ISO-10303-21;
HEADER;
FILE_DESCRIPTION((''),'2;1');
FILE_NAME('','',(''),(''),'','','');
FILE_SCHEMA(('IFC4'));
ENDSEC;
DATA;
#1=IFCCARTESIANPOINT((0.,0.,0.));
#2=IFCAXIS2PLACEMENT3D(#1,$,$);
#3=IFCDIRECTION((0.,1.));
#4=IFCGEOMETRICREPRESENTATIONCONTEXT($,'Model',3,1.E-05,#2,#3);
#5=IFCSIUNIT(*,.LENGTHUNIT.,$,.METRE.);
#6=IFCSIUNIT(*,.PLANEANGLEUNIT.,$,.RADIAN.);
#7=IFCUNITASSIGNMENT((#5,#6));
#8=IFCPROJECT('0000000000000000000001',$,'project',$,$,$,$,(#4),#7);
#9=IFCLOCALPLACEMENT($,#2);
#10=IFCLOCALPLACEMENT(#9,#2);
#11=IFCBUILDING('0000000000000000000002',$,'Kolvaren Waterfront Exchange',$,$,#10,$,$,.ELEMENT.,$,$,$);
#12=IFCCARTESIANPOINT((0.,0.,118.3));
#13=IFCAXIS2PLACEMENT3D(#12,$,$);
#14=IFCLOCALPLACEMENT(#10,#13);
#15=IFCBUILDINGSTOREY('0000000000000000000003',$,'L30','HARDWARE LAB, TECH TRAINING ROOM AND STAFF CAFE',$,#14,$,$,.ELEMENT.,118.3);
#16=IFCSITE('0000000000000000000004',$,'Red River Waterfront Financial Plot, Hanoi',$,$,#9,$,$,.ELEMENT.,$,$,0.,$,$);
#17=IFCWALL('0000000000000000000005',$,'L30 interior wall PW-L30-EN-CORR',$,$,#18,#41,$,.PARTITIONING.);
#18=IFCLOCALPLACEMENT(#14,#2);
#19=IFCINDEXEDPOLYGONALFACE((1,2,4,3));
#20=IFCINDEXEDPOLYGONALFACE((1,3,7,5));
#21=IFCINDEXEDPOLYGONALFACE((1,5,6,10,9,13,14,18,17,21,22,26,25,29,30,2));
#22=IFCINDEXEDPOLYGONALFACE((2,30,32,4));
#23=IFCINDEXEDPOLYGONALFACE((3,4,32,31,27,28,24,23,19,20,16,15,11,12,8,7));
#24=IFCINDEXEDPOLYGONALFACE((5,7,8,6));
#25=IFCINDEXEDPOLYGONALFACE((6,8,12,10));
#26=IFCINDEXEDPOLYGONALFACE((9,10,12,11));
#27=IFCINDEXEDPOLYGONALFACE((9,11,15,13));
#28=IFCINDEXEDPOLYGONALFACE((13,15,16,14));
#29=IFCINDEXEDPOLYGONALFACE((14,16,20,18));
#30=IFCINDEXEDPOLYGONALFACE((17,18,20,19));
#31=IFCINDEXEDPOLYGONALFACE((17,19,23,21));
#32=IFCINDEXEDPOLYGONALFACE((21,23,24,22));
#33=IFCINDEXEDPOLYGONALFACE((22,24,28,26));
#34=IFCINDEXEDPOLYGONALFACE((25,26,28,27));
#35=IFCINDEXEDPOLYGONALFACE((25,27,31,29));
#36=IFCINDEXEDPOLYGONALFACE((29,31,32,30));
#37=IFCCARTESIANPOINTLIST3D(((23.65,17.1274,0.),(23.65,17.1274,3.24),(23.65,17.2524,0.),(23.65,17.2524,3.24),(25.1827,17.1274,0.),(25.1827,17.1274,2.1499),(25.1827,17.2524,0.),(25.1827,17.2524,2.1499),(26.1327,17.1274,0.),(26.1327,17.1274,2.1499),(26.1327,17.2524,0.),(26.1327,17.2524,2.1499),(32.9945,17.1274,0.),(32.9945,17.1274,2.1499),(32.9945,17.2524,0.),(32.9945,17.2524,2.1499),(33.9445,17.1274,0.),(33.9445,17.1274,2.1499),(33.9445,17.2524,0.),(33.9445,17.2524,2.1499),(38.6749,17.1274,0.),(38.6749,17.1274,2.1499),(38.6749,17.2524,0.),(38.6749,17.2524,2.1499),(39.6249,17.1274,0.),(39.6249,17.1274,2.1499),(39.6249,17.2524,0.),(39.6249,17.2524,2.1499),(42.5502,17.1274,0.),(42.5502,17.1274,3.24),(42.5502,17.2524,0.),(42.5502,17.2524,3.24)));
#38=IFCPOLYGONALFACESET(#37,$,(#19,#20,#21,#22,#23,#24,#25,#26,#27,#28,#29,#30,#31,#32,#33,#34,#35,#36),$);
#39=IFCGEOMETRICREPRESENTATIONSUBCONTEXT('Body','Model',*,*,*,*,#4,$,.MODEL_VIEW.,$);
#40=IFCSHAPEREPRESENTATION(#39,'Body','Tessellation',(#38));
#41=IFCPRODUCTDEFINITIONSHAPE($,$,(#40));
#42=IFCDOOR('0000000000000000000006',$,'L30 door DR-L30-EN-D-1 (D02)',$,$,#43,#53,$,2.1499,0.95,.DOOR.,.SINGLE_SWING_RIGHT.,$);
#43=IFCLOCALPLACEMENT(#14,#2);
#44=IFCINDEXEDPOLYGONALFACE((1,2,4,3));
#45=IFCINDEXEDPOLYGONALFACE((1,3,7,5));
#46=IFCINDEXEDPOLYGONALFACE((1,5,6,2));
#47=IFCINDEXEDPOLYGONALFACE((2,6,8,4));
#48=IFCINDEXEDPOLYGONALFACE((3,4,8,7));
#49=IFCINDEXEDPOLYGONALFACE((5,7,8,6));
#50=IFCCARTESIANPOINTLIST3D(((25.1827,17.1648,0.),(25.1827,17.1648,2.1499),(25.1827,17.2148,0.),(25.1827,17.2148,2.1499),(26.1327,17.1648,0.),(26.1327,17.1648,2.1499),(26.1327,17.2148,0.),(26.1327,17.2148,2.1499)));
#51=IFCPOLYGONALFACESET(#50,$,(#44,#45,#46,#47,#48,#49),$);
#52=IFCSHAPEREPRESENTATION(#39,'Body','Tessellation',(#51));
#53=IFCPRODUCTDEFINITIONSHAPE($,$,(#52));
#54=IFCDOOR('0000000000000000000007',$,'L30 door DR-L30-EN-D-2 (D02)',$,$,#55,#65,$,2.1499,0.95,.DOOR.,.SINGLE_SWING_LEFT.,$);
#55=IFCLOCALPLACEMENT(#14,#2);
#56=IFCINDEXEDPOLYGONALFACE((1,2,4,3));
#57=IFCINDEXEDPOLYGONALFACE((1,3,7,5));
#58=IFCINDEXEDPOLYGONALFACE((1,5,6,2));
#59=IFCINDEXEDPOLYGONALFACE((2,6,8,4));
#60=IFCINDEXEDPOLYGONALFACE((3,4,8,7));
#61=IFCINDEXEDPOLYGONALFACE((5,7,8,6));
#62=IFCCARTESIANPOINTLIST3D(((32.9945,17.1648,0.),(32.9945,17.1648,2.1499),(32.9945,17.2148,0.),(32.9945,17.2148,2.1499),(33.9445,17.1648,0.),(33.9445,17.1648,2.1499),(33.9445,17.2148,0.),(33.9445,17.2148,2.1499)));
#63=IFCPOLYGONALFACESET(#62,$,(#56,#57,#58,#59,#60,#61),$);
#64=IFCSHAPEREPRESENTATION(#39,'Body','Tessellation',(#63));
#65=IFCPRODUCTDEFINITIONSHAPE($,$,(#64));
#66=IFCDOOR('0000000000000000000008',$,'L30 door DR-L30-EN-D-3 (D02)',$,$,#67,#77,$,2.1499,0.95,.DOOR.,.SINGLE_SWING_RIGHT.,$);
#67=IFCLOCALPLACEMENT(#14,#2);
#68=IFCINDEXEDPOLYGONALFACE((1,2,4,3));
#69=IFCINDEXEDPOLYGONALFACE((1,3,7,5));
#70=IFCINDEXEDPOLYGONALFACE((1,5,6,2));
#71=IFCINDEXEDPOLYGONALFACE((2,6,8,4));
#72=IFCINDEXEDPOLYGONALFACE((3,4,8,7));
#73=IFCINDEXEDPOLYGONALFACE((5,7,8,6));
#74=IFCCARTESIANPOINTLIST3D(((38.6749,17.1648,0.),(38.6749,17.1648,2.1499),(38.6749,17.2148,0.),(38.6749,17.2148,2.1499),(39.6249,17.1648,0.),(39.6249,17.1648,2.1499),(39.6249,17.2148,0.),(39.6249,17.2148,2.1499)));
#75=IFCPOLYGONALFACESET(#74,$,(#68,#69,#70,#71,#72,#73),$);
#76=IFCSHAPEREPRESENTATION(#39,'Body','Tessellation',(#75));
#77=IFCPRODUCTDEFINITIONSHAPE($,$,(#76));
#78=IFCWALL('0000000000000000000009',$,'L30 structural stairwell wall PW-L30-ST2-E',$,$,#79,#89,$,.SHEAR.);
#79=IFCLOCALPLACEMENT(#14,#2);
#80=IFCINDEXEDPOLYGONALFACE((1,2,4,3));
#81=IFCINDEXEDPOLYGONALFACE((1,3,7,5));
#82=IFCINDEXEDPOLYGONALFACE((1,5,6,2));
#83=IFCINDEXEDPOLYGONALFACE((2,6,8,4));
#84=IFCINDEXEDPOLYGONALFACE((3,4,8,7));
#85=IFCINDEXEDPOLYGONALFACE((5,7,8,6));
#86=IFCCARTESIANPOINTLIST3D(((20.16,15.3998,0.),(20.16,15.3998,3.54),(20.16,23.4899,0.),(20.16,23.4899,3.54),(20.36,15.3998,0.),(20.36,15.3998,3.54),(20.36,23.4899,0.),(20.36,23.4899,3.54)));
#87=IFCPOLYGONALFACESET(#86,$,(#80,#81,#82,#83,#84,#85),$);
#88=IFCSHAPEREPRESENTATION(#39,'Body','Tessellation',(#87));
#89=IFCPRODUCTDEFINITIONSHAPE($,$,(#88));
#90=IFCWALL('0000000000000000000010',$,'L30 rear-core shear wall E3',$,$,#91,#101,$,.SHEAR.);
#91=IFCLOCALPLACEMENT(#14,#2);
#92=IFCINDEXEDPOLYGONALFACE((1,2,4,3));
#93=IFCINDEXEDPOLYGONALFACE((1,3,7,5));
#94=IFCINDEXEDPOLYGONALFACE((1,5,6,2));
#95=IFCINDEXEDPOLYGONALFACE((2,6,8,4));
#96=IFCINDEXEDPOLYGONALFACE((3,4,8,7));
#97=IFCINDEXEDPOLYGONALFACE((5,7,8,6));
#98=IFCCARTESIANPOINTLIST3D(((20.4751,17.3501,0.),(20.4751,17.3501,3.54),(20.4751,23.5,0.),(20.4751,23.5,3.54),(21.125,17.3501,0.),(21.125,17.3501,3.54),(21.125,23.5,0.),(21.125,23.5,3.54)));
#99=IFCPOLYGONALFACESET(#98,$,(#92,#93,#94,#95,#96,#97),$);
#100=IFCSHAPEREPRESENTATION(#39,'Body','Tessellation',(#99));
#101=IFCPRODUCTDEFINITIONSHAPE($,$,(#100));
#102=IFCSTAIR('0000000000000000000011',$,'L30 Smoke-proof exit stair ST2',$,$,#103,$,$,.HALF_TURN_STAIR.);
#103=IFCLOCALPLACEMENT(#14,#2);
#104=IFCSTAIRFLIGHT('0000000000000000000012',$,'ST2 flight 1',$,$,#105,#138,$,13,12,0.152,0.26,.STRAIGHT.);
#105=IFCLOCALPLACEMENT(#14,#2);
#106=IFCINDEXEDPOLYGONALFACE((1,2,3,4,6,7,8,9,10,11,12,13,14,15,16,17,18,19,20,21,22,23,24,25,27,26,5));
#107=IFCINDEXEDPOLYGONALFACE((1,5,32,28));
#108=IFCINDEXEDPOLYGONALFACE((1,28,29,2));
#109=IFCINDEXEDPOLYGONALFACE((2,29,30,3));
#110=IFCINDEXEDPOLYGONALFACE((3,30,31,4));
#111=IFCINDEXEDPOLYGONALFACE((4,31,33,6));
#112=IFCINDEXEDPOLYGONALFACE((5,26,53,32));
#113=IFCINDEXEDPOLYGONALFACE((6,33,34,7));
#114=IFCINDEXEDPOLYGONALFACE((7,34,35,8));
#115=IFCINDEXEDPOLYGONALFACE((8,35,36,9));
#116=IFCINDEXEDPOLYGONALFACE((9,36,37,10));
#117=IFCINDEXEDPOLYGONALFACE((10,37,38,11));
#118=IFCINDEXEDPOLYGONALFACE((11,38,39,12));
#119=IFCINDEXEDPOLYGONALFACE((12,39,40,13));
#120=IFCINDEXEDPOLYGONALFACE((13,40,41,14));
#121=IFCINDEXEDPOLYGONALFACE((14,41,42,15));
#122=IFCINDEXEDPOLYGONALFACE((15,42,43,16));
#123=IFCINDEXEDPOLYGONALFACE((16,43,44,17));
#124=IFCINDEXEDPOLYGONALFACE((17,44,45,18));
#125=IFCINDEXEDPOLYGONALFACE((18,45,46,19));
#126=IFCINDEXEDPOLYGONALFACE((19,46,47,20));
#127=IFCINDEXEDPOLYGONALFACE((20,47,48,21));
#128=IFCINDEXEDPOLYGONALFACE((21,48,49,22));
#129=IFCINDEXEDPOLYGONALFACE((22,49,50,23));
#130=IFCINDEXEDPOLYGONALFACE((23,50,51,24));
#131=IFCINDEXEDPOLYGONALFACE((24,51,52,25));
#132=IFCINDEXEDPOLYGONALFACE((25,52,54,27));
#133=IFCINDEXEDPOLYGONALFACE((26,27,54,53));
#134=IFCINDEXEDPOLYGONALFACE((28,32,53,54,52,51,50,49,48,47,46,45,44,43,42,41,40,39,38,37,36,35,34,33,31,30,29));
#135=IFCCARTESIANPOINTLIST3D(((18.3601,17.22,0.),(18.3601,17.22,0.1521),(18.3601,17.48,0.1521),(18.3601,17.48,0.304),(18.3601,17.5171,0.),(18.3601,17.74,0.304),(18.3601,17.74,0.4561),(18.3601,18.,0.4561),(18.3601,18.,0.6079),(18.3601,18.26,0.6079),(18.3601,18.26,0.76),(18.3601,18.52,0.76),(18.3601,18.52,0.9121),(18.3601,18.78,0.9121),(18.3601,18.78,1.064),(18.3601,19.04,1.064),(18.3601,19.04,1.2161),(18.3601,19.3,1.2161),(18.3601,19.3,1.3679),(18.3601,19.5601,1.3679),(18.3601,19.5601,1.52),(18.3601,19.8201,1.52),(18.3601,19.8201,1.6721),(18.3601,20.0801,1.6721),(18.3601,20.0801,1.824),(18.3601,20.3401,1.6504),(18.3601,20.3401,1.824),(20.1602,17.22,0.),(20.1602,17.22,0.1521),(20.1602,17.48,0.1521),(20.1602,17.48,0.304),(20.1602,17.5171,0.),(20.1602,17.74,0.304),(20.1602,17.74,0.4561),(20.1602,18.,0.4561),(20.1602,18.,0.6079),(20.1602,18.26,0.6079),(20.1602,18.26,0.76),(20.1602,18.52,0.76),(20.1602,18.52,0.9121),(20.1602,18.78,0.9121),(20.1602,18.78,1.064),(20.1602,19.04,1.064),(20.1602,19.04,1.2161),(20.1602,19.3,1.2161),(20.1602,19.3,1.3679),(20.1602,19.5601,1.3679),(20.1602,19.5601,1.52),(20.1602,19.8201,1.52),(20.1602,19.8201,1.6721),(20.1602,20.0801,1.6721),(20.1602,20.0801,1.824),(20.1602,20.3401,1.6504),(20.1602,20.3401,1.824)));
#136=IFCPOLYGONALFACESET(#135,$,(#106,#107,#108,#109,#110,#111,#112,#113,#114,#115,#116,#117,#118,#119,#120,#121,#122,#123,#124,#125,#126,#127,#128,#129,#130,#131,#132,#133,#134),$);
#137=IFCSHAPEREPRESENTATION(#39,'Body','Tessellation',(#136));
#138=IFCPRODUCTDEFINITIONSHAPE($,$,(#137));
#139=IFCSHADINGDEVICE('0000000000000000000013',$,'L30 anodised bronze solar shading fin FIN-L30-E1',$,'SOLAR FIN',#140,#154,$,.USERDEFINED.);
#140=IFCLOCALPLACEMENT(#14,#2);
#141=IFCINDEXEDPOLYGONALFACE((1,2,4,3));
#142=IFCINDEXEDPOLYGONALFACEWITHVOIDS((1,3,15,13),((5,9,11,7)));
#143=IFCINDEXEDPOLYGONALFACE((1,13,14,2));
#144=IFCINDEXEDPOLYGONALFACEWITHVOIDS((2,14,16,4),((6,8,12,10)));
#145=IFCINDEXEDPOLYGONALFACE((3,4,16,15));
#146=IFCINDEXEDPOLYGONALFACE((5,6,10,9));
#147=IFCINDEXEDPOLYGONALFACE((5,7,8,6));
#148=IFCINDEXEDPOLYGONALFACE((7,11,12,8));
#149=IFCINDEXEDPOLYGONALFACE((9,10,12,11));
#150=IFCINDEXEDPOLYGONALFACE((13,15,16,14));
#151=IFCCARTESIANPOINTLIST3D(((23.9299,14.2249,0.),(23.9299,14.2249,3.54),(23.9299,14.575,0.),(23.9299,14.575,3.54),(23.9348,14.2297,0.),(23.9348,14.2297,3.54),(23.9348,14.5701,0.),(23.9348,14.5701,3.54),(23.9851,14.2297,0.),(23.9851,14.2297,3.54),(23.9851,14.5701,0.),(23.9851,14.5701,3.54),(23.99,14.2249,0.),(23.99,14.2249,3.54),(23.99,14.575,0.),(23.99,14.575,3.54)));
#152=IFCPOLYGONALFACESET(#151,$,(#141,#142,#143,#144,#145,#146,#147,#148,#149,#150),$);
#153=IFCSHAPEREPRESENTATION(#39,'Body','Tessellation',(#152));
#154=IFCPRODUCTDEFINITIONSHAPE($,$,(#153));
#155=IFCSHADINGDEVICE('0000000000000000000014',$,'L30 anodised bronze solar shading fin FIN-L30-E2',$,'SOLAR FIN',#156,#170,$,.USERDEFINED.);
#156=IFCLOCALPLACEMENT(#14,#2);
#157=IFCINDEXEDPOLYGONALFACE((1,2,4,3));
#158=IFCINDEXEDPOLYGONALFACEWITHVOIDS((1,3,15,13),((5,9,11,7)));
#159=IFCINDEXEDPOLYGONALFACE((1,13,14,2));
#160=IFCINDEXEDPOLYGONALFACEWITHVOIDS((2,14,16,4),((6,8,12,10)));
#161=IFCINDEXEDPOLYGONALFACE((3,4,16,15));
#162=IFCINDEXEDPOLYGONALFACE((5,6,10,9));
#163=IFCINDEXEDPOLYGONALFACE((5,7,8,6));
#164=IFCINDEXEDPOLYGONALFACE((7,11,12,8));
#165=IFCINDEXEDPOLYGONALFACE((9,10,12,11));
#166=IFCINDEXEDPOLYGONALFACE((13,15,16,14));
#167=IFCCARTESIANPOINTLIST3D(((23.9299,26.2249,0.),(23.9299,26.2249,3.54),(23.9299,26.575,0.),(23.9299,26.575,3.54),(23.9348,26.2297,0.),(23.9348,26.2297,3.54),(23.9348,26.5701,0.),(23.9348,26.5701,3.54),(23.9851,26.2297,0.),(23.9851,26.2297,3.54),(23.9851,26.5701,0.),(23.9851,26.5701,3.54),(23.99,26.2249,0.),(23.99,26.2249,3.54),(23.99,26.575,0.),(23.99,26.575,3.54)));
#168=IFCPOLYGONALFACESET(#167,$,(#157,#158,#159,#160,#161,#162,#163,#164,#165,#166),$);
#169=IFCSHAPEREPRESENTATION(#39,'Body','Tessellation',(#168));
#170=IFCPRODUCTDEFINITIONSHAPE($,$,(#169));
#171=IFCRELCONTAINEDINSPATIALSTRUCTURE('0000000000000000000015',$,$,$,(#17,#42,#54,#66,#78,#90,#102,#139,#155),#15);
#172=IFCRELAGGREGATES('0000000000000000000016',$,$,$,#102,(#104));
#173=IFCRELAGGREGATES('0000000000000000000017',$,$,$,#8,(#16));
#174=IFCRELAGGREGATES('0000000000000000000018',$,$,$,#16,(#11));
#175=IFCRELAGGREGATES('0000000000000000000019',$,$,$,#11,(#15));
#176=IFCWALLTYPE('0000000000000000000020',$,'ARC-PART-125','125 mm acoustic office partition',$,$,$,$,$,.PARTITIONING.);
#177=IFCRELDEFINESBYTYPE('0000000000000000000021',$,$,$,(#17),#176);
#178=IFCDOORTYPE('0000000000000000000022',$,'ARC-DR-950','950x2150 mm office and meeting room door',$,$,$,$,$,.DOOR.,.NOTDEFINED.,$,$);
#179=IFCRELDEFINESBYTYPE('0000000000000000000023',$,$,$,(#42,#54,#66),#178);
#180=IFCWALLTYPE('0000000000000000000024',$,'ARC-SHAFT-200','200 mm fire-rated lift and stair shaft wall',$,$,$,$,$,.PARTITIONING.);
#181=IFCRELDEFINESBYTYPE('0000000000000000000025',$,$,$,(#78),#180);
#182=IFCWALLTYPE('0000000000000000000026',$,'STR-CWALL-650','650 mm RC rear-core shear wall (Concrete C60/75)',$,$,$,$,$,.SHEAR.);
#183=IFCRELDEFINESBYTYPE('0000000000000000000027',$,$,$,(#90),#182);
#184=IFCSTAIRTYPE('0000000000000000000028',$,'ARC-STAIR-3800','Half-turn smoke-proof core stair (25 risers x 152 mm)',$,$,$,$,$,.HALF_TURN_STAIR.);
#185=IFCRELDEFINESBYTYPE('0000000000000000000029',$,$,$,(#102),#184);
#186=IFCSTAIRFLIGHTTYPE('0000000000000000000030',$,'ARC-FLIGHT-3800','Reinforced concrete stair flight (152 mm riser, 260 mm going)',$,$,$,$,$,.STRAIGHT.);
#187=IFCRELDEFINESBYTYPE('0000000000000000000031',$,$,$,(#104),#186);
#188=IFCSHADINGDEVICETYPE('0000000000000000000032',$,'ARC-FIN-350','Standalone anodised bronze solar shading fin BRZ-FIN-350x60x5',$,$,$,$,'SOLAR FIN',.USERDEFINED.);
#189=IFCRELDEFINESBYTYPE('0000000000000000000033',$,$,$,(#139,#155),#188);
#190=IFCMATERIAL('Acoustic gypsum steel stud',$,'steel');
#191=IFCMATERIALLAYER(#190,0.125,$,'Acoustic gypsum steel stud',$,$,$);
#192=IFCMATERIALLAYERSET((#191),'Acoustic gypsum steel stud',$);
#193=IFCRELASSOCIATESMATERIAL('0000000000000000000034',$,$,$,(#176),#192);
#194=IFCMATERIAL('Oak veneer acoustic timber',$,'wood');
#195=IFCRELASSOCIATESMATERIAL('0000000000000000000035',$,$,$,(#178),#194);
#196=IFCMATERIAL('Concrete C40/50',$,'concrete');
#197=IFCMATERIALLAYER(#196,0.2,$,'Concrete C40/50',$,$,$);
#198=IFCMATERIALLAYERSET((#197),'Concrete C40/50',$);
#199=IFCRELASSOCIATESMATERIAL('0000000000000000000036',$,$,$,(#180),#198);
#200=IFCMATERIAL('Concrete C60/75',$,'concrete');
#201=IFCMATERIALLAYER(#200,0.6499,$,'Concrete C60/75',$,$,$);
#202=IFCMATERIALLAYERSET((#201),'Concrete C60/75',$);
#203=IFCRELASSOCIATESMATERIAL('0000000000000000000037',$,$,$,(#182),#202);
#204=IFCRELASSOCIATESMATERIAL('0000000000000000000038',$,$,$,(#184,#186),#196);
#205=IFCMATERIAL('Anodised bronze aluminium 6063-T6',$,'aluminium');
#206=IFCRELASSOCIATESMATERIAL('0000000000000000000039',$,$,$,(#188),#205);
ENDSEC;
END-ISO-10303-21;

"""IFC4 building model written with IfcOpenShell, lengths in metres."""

from ifc_helpers import new_model, si_unit, direction, frame, frame_2d, origin, origin_2d, place, context, subcontext, project, spatial, polyline, rectangle, hollow_rectangle, outline, extrude, material, layer, layer_set, material_profile, profile_set, type_object, element, fill, aggregate, save


model = new_model("IFC4")

# Units and contexts
model_context = context("Model", 3, precision=1e-05, world=origin(), true_north=direction((0.0, 1.0)))
body_context = subcontext(model_context, "Body", "Model", "MODEL_VIEW")
ifc_project = project(units=[si_unit("LENGTHUNIT", "METRE"), si_unit("PLANEANGLEUNIT", "RADIAN")], contexts=[model_context])

# Site, building, storey
site_placement = place(None, origin())
site = spatial("IfcSite", under=ifc_project, at=site_placement, Name="Red River Waterfront Financial Plot, Hanoi", CompositionType="ELEMENT", RefElevation=0.0)
building_placement = place(site_placement, origin())
building = spatial("IfcBuilding", under=site, at=building_placement, Name="Kolvaren Waterfront Exchange", CompositionType="ELEMENT")
storey_placement = place(building_placement, frame((0.0, 0.0, 118.3)))
storey = spatial("IfcBuildingStorey", under=building, at=storey_placement, Name="L30", Description="HARDWARE LAB, TECH TRAINING ROOM AND STAFF CAFE", CompositionType="ELEMENT", Elevation=118.3)

# Shared definitions
ifc_material_1 = material(Name="Concrete C60/75", Category="concrete")

# Shared definitions
ifc_material_2 = material(Name="Anodised bronze aluminium 6063-T6", Category="aluminium")

# Shared definitions
ifc_material_3 = material(Name="Acoustic gypsum steel stud", Category="steel")
ifc_layer_1 = layer(ifc_material_3, 0.125, Name="Acoustic gypsum steel stud")
ifc_layer_set_1 = layer_set([ifc_layer_1], Name="Acoustic gypsum steel stud")
wall_type_1 = type_object("IfcWallType", Name="ARC-PART-125", Description="125 mm acoustic office partition", PredefinedType="PARTITIONING", material=ifc_layer_set_1)
ifc_material_4 = material(Name="Oak veneer acoustic timber", Category="wood")
door_type_1 = type_object("IfcDoorType", Name="ARC-DR-950", Description="950x2150 mm office and meeting room door", OperationType="NOTDEFINED", PredefinedType="DOOR", material=ifc_material_4)

# Wall, openings, doors
wall_1_placement = place(storey_placement, frame((23.6499, 17.1899, 0.0), z_axis=(0.0, 0.0, 1.0), x_axis=(1.0, 0.0, 0.0)))
wall_1 = element("IfcWall", 1, at=wall_1_placement, inside=storey, type_object=wall_type_1, Name="L30 interior wall PW-L30-EN-CORR", PredefinedType="PARTITIONING", context=body_context, shape_type="SweptSolid", body=[
    extrude(rectangle(XDim=18.9001, YDim=0.125, at=frame_2d((9.4502, 0.0))), origin(), (0.0, 0.0, 1.0), 3.24),
])
opening_1_placement = place(wall_1_placement, frame((1.5327, 0.0, 0.0)))
opening_1 = element("IfcOpeningElement", 2, at=opening_1_placement, cuts=wall_1, PredefinedType="OPENING", context=body_context, shape_type="SweptSolid", body=[
    extrude(rectangle(XDim=0.95, YDim=2.1499, at=frame_2d((0.4751, 1.075))), frame((0.0, 0.0725, 0.0), z_axis=(0.0, -1.0, 0.0), x_axis=(1.0, 0.0, 0.0)), (0.0, 0.0, 1.0), 0.145),
])
opening_2_placement = place(wall_1_placement, frame((9.3445, 0.0, 0.0)))
opening_2 = element("IfcOpeningElement", 3, at=opening_2_placement, cuts=wall_1, PredefinedType="OPENING", context=body_context, shape_type="SweptSolid", body=[
    extrude(rectangle(XDim=0.95, YDim=2.1499, at=frame_2d((0.4751, 1.075))), frame((0.0, 0.0725, 0.0), z_axis=(0.0, -1.0, 0.0), x_axis=(1.0, 0.0, 0.0)), (0.0, 0.0, 1.0), 0.145),
])
opening_3_placement = place(wall_1_placement, frame((15.0249, 0.0, 0.0)))
opening_3 = element("IfcOpeningElement", 4, at=opening_3_placement, cuts=wall_1, PredefinedType="OPENING", context=body_context, shape_type="SweptSolid", body=[
    extrude(rectangle(XDim=0.95, YDim=2.1499, at=frame_2d((0.4751, 1.075))), frame((0.0, 0.0725, 0.0), z_axis=(0.0, -1.0, 0.0), x_axis=(1.0, 0.0, 0.0)), (0.0, 0.0, 1.0), 0.145),
])
door_1_placement = place(opening_1_placement, origin())
door_1 = element("IfcDoor", 5, at=door_1_placement, inside=storey, type_object=door_type_1, Name="L30 door DR-L30-EN-D-1 (D02)", OperationType="SINGLE_SWING_RIGHT", OverallHeight=2.1499, OverallWidth=0.95, PredefinedType="DOOR", context=body_context, shape_type="SweptSolid", body=[
    extrude(rectangle(XDim=0.95, YDim=2.1499, at=frame_2d((0.4751, 1.075))), frame((0.0, 0.0249, 0.0), z_axis=(0.0, -1.0, 0.0), x_axis=(1.0, 0.0, 0.0)), (0.0, 0.0, 1.0), 0.05),
])
fill(opening_1, door_1)
door_2_placement = place(opening_2_placement, origin())
door_2 = element("IfcDoor", 6, at=door_2_placement, inside=storey, type_object=door_type_1, Name="L30 door DR-L30-EN-D-2 (D02)", OperationType="SINGLE_SWING_LEFT", OverallHeight=2.1499, OverallWidth=0.95, PredefinedType="DOOR", context=body_context, shape_type="SweptSolid", body=[
    extrude(rectangle(XDim=0.95, YDim=2.1499, at=frame_2d((0.4751, 1.075))), frame((0.0, 0.0249, 0.0), z_axis=(0.0, -1.0, 0.0), x_axis=(1.0, 0.0, 0.0)), (0.0, 0.0, 1.0), 0.05),
])
fill(opening_2, door_2)
door_3_placement = place(opening_3_placement, origin())
door_3 = element("IfcDoor", 7, at=door_3_placement, inside=storey, type_object=door_type_1, Name="L30 door DR-L30-EN-D-3 (D02)", OperationType="SINGLE_SWING_RIGHT", OverallHeight=2.1499, OverallWidth=0.95, PredefinedType="DOOR", context=body_context, shape_type="SweptSolid", body=[
    extrude(rectangle(XDim=0.95, YDim=2.1499, at=frame_2d((0.4751, 1.075))), frame((0.0, 0.0249, 0.0), z_axis=(0.0, -1.0, 0.0), x_axis=(1.0, 0.0, 0.0)), (0.0, 0.0, 1.0), 0.05),
])
fill(opening_3, door_3)

# Walls
ifc_material_5 = material(Name="Concrete C40/50", Category="concrete")
ifc_layer_2 = layer(ifc_material_5, 0.2, Name="Concrete C40/50")
ifc_layer_set_2 = layer_set([ifc_layer_2], Name="Concrete C40/50")
wall_type_2 = type_object("IfcWallType", Name="ARC-SHAFT-200", Description="200 mm fire-rated lift and stair shaft wall", PredefinedType="PARTITIONING", material=ifc_layer_set_2)
wall_2_placement = place(storey_placement, frame((20.26, 15.3999, 0.0), z_axis=(0.0, 0.0, 1.0), x_axis=(0.0, 1.0, 0.0)))
element("IfcWall", 8, at=wall_2_placement, inside=storey, type_object=wall_type_2, Name="L30 structural stairwell wall PW-L30-ST2-E", PredefinedType="SHEAR", context=body_context, shape_type="SweptSolid", body=[
    extrude(rectangle(XDim=8.0901, YDim=0.2, at=frame_2d((4.0449, 0.0))), origin(), (0.0, 0.0, 1.0), 3.54),
])
ifc_layer_3 = layer(ifc_material_1, 0.6499, Name="Concrete C60/75")
ifc_layer_set_3 = layer_set([ifc_layer_3], Name="Concrete C60/75")
wall_type_3 = type_object("IfcWallType", Name="STR-CWALL-650", Description="650 mm RC rear-core shear wall (Concrete C60/75)", PredefinedType="SHEAR", material=ifc_layer_set_3)
wall_3_placement = place(storey_placement, frame((20.8, 17.3501, 0.0), z_axis=(0.0, 0.0, 1.0), x_axis=(0.0, 1.0, 0.0)))
element("IfcWall", 9, at=wall_3_placement, inside=storey, type_object=wall_type_3, Name="L30 rear-core shear wall E3", PredefinedType="SHEAR", context=body_context, shape_type="SweptSolid", body=[
    extrude(rectangle(XDim=6.1499, YDim=0.6499, at=frame_2d((3.075, 0.0))), origin(), (0.0, 0.0, 1.0), 3.54),
])

# Stair, stair flight
stair_type = type_object("IfcStairType", Name="ARC-STAIR-3800", Description="Half-turn smoke-proof core stair (25 risers x 152 mm)", PredefinedType="HALF_TURN_STAIR", material=ifc_material_5)
stair_placement = place(storey_placement, origin())
stair = element("IfcStair", 10, at=stair_placement, inside=storey, type_object=stair_type, Name="L30 Smoke-proof exit stair ST2", PredefinedType="HALF_TURN_STAIR")
stair_flight_type = type_object("IfcStairFlightType", Name="ARC-FLIGHT-3800", Description="Reinforced concrete stair flight (152 mm riser, 260 mm going)", PredefinedType="STRAIGHT", material=ifc_material_5)
stair_flight_placement = place(storey_placement, frame((19.26, 17.22, 0.0), z_axis=(0.0, 0.0, 1.0), x_axis=(0.0, 1.0, 0.0)))
stair_flight = element("IfcStairFlight", 11, at=stair_flight_placement, type_object=stair_flight_type, Name="ST2 flight 1", NumberOfRisers=13, NumberOfTreads=12, PredefinedType="STRAIGHT", RiserHeight=0.152, TreadLength=0.26, context=body_context, shape_type="SweptSolid", body=[
    extrude(outline(polyline([(0.0, 0.0), (0.0, 0.1521), (0.26, 0.1521), (0.26, 0.304), (0.52, 0.304), (0.52, 0.4561), (0.78, 0.4561), (0.78, 0.6079), (1.04, 0.6079), (1.04, 0.76), (1.3, 0.76), (1.3, 0.9121), (1.5601, 0.9121), (1.5601, 1.064), (1.8201, 1.064), (1.8201, 1.2161), (2.0801, 1.2161), (2.0801, 1.3679), (2.3401, 1.3679), (2.3401, 1.52), (2.6001, 1.52), (2.6001, 1.6721), (2.8601, 1.6721), (2.8601, 1.824), (3.1201, 1.824), (3.1201, 1.9761), (3.1201, 1.6504), (0.2971, 0.0), (0.0, 0.0)])), frame((0.0, 0.8999, 0.0), z_axis=(0.0, -1.0, 0.0), x_axis=(1.0, 0.0, 0.0)), (0.0, 0.0, 1.0), 1.8),
])
aggregate(stair, [stair_flight])

# Shading devices
ifc_material_profile_1 = material_profile(ifc_material_2, hollow_rectangle(XDim=0.0601, YDim=0.3501, WallThickness=0.0049, at=origin_2d()), Name="BRZ-FIN-350x60x5")
ifc_profile_set_1 = profile_set([ifc_material_profile_1], Name="Anodised bronze aluminium 6063-T6")
shading_device_type = type_object("IfcShadingDeviceType", Name="ARC-FIN-350", Description="Standalone anodised bronze solar shading fin BRZ-FIN-350x60x5", ElementType="SOLAR FIN", PredefinedType="USERDEFINED", material=ifc_profile_set_1)
for number, where, z_axis, x_axis, name in (
    (12, (23.96, 14.3999, 0.0), (0.0, 0.0, 1.0), (1.0, 0.0, 0.0), "L30 anodised bronze solar shading fin FIN-L30-E1"),
    (13, (23.96, 26.3999, 0.0), (0.0, 0.0, 1.0), (1.0, 0.0, 0.0), "L30 anodised bronze solar shading fin FIN-L30-E2"),
):
    element("IfcShadingDevice", number, at=place(storey_placement, frame(where, z_axis=z_axis, x_axis=x_axis)), inside=storey, type_object=shading_device_type, Name=name, ObjectType="SOLAR FIN", PredefinedType="USERDEFINED", context=body_context, shape_type="SweptSolid", body=[
        extrude(hollow_rectangle(XDim=0.0601, YDim=0.3501, WallThickness=0.0049, at=origin_2d()), origin(), (0.0, 0.0, 1.0), 3.54),
    ])

save(model, "model.ifc")
